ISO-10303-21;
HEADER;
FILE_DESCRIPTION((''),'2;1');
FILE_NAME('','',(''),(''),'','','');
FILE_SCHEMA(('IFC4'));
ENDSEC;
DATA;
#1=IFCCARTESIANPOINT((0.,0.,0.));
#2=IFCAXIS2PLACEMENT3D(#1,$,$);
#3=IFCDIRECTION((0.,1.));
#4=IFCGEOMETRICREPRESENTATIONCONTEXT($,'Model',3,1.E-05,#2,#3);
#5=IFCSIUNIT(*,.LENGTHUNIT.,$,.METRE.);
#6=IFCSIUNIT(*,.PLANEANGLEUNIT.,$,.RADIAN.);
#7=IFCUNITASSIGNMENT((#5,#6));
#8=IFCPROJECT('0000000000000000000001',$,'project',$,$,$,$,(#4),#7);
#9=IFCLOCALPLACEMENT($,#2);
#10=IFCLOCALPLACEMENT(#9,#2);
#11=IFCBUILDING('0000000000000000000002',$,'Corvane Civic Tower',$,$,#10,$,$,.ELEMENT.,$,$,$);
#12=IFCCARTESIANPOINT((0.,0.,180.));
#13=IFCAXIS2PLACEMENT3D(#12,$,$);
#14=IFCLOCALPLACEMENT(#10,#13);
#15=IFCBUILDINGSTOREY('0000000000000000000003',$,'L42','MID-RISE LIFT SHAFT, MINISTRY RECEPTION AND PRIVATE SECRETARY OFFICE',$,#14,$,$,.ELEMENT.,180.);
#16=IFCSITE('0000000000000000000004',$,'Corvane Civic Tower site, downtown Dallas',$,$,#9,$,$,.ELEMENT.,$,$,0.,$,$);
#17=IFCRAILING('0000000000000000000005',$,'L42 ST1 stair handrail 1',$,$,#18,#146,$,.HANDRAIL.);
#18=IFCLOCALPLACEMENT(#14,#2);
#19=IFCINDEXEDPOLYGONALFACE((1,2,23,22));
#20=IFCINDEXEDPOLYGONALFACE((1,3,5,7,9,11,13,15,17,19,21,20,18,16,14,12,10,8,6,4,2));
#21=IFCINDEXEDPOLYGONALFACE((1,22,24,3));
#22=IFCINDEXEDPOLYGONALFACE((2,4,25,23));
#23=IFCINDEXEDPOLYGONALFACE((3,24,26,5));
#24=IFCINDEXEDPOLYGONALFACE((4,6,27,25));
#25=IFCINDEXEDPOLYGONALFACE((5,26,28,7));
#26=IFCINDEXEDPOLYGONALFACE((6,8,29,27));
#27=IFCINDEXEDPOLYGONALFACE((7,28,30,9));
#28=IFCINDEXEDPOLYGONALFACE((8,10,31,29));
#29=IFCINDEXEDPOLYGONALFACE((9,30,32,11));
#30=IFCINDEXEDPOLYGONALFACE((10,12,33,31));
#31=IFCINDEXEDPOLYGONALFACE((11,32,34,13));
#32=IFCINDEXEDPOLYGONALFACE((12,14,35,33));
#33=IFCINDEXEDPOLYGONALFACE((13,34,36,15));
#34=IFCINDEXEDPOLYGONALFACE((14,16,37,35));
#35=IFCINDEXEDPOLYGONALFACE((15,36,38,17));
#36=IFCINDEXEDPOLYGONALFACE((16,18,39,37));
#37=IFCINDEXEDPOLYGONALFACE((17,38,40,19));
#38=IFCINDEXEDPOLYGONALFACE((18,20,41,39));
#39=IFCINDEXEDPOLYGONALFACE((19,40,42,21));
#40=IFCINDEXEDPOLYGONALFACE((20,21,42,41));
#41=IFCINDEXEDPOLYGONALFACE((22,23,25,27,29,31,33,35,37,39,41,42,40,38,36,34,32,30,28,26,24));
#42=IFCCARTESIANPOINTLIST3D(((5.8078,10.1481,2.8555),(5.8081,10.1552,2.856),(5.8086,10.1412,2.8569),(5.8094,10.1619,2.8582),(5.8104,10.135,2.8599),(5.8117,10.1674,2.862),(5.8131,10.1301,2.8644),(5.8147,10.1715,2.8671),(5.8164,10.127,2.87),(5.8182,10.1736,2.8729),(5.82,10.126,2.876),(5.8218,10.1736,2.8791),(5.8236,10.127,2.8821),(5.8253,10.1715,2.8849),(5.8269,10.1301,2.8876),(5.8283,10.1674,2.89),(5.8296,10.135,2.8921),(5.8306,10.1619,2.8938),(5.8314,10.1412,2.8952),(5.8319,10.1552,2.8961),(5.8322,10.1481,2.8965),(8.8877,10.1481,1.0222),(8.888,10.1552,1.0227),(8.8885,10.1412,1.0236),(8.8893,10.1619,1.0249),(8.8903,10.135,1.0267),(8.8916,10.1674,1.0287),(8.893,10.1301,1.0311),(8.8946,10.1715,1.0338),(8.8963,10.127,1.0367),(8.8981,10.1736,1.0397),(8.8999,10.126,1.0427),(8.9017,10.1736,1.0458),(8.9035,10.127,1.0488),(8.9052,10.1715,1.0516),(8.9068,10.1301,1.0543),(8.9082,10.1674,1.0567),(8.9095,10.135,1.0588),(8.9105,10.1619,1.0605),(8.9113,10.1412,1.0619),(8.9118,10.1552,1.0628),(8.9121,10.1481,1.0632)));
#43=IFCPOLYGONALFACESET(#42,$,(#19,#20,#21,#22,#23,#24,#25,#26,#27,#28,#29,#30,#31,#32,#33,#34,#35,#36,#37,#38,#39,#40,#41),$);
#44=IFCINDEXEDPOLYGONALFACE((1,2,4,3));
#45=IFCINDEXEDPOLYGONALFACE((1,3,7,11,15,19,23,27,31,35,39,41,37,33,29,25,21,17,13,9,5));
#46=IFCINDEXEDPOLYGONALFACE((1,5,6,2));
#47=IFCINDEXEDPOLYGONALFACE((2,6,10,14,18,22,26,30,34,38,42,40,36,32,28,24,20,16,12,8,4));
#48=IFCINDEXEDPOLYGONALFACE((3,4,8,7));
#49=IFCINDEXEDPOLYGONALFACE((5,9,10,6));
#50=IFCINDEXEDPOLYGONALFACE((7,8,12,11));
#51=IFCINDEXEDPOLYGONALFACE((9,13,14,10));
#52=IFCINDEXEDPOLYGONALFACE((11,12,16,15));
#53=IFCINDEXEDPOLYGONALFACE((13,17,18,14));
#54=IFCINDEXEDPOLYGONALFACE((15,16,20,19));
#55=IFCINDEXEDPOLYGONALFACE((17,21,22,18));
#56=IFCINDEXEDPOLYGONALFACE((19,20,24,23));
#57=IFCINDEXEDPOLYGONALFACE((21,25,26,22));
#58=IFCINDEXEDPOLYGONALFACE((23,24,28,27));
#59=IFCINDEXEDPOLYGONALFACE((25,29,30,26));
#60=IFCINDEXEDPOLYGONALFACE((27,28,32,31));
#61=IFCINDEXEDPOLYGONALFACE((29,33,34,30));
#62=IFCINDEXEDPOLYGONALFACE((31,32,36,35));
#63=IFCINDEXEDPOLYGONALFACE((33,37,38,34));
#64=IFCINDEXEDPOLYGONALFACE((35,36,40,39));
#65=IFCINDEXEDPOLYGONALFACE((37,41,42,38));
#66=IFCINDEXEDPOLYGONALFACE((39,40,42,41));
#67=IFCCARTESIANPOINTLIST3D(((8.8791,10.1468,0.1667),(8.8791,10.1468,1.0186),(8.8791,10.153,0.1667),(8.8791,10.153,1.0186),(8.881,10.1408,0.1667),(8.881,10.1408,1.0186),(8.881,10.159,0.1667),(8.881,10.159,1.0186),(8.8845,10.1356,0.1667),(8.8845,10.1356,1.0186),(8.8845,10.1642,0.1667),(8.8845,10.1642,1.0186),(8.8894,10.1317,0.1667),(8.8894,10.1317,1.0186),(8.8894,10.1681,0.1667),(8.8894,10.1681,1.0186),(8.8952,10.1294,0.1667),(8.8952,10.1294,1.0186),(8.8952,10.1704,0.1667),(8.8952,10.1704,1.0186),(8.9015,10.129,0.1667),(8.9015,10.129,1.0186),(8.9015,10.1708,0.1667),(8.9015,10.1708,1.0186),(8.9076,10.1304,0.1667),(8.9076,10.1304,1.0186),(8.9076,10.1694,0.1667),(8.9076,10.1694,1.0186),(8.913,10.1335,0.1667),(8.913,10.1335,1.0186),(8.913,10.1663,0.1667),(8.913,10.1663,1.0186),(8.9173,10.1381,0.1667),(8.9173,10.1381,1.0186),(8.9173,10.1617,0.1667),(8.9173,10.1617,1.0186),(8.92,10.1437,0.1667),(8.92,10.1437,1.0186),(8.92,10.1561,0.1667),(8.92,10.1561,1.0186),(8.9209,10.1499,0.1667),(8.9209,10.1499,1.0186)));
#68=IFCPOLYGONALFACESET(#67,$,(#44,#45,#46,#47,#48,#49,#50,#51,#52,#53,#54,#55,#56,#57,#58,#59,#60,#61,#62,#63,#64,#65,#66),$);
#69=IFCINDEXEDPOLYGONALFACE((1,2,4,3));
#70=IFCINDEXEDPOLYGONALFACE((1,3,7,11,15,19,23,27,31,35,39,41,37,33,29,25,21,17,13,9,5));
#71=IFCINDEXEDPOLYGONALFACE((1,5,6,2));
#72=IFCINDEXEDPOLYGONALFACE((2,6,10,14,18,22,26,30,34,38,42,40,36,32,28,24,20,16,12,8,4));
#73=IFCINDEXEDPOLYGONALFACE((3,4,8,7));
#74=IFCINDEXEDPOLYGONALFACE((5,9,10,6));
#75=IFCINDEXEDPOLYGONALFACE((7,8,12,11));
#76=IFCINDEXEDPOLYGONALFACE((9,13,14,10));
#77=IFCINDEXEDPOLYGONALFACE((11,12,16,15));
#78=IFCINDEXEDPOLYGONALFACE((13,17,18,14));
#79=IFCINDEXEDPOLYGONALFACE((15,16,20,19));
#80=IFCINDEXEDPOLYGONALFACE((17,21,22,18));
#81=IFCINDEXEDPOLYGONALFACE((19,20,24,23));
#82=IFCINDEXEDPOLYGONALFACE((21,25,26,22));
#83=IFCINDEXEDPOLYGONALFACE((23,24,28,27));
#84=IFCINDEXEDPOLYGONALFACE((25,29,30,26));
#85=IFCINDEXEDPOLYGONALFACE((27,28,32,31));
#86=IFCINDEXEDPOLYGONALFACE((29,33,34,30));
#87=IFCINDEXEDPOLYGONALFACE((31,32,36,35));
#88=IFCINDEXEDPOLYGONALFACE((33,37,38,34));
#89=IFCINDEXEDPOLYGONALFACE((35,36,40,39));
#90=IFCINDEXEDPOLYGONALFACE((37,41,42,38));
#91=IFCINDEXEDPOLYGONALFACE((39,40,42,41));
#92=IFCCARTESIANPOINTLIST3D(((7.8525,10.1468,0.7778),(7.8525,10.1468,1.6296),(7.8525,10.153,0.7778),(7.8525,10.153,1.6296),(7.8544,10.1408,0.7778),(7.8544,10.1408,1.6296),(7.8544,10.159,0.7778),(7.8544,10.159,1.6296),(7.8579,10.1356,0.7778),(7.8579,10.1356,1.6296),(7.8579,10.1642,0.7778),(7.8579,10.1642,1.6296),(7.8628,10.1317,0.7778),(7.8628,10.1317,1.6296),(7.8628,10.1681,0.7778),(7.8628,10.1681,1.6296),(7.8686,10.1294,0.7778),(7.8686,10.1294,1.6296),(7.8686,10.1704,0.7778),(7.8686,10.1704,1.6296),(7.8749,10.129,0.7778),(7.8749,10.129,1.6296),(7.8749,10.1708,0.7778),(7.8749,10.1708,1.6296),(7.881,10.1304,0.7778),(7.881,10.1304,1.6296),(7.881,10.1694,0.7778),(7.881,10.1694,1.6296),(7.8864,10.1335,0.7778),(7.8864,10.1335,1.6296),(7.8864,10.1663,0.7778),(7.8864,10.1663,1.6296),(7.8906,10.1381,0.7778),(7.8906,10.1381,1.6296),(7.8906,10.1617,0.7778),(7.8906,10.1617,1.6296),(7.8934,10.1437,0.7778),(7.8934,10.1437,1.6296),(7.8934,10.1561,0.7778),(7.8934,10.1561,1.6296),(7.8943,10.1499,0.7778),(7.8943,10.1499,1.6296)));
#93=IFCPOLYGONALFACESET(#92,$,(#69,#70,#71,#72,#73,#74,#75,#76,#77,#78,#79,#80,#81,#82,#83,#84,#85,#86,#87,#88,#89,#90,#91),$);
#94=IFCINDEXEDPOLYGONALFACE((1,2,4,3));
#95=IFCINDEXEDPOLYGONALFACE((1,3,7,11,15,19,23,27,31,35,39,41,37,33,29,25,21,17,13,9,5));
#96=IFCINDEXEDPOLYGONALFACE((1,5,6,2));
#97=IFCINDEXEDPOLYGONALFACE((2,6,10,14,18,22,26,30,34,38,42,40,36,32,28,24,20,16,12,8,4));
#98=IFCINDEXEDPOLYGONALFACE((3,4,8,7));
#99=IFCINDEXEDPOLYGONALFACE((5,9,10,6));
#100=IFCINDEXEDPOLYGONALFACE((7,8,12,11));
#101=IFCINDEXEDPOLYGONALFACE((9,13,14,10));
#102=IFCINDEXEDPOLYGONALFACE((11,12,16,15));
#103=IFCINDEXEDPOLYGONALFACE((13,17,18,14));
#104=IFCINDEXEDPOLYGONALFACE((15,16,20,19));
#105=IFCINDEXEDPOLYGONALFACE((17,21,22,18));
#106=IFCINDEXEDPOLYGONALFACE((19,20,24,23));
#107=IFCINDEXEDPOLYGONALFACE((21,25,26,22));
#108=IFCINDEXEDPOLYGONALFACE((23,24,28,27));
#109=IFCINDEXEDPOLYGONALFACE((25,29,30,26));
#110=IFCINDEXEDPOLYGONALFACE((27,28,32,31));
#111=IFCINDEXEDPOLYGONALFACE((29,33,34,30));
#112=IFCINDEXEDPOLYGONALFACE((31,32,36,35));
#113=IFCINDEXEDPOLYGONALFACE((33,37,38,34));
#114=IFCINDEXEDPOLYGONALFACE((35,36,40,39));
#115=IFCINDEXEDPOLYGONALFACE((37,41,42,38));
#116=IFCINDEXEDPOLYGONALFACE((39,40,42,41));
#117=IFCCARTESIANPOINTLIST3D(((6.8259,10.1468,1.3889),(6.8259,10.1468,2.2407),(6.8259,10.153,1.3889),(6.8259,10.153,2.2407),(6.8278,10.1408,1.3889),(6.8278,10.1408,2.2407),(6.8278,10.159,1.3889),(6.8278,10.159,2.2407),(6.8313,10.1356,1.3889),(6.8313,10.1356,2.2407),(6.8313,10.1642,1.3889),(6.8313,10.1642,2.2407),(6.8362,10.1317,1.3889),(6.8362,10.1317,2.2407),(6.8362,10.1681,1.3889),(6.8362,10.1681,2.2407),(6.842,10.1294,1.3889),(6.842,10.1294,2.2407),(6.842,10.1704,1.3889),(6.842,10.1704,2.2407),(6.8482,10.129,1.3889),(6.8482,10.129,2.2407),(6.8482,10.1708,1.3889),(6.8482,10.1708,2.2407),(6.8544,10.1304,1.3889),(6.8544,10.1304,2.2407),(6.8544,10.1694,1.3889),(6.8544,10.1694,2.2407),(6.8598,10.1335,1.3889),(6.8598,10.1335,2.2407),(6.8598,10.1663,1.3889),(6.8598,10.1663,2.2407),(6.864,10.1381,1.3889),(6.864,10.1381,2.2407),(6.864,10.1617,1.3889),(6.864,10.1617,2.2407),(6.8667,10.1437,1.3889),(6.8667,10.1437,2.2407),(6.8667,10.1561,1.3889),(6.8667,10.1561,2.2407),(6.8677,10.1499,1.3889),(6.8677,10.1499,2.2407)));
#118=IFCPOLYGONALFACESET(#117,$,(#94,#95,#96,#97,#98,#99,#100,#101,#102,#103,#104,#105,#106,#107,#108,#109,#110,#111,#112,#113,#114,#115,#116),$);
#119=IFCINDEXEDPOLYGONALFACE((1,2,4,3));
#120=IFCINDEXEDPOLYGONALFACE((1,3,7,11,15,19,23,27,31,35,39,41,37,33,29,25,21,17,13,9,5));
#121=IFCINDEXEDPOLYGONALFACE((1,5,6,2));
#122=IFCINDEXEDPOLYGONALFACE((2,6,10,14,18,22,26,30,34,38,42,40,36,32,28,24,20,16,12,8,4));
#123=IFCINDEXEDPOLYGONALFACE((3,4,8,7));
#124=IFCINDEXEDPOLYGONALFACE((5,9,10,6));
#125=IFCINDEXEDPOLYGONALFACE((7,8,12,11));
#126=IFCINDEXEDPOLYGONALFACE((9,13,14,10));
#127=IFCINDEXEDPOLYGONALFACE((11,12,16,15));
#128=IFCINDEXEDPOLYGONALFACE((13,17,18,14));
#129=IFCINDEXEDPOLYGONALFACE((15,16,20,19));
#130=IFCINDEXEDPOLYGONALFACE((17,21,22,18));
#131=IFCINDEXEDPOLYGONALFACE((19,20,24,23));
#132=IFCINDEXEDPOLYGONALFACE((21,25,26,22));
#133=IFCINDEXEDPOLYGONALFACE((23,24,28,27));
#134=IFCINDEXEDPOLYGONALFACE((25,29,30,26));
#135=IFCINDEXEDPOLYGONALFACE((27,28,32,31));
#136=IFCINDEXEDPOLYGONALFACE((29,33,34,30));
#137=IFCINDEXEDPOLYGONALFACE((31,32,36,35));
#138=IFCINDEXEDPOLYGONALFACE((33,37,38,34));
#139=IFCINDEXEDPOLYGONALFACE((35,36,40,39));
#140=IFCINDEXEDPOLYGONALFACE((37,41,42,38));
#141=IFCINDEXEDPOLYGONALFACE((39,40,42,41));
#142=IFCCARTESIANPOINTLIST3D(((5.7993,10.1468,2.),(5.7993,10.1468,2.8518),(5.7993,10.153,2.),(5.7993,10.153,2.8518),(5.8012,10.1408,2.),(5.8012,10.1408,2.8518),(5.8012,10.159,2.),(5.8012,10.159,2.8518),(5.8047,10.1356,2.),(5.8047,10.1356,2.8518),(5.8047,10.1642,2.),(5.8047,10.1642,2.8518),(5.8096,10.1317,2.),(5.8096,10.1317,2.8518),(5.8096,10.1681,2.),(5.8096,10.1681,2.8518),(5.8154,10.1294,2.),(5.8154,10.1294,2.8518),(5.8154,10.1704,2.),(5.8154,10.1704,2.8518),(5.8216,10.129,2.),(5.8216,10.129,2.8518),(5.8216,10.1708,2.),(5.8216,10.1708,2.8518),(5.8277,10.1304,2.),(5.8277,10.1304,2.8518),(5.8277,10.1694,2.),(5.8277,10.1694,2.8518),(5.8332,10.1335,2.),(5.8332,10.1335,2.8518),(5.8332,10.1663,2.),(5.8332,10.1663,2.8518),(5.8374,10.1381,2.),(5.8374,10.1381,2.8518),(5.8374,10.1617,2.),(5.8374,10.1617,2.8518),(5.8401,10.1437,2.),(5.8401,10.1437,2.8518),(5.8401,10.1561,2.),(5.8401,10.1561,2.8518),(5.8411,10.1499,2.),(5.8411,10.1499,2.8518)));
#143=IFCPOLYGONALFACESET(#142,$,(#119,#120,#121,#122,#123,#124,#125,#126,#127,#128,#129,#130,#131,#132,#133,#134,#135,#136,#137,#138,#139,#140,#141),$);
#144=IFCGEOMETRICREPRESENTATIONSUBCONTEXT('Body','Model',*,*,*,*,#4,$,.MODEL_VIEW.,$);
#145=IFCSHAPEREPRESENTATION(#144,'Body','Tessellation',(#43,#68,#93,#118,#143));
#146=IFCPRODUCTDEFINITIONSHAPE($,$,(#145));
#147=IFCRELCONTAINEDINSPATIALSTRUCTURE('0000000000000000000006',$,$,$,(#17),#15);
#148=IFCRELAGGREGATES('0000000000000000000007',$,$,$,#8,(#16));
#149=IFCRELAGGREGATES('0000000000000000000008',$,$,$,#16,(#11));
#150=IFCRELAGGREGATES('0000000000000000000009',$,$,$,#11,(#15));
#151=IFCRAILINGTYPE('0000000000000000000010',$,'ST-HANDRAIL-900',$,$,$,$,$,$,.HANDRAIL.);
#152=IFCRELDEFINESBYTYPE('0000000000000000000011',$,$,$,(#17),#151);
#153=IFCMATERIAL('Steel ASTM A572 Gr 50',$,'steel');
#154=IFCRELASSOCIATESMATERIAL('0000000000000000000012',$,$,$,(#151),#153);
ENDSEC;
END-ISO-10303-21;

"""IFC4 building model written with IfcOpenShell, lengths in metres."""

from ifc_helpers import new_model, si_unit, direction, frame, origin, origin_2d, place, context, subcontext, project, spatial, circle, extrude, material, type_object, element, save


model = new_model("IFC4")

# Units and contexts
model_context = context("Model", 3, precision=1e-05, world=origin(), true_north=direction((0.0, 1.0)))
body_context = subcontext(model_context, "Body", "Model", "MODEL_VIEW")
ifc_project = project(units=[si_unit("LENGTHUNIT", "METRE"), si_unit("PLANEANGLEUNIT", "RADIAN")], contexts=[model_context])

# Site, building, storey
site_placement = place(None, origin())
site = spatial("IfcSite", under=ifc_project, at=site_placement, Name="Corvane Civic Tower site, downtown Dallas", CompositionType="ELEMENT", RefElevation=0.0)
building_placement = place(site_placement, origin())
building = spatial("IfcBuilding", under=site, at=building_placement, Name="Corvane Civic Tower", CompositionType="ELEMENT")
storey_placement = place(building_placement, frame((0.0, 0.0, 180.0)))
storey = spatial("IfcBuildingStorey", under=building, at=storey_placement, Name="L42", Description="MID-RISE LIFT SHAFT, MINISTRY RECEPTION AND PRIVATE SECRETARY OFFICE", CompositionType="ELEMENT", Elevation=180.0)

# Railing
ifc_material_1 = material(Name="Steel ASTM A572 Gr 50", Category="steel")
railing_type = type_object("IfcRailingType", Name="ST-HANDRAIL-900", PredefinedType="HANDRAIL", material=ifc_material_1)
railing_1_placement = place(storey_placement, frame((8.8999, 10.1499, 0.1667)))
element("IfcRailing", 1, at=railing_1_placement, inside=storey, type_object=railing_type, Name="L42 ST1 stair handrail 1", PredefinedType="HANDRAIL", context=body_context, shape_type="SweptSolid", body=[
    extrude(circle(Radius=0.0239, at=origin_2d()), frame((0.0, 0.0, 0.876), z_axis=(-0.859291, 0.0, 0.511487), x_axis=(0.0, -1.0, 0.0)), (0.0, 0.0, 1.0), 3.5842),
    extrude(circle(Radius=0.021, at=origin_2d()), origin(), (0.0, 0.0, 1.0), 0.8518),
    extrude(circle(Radius=0.021, at=origin_2d()), frame((-1.0266, 0.0, 0.6111)), (0.0, 0.0, 1.0), 0.8518),
    extrude(circle(Radius=0.021, at=origin_2d()), frame((-2.0532, 0.0, 1.2222)), (0.0, 0.0, 1.0), 0.8518),
    extrude(circle(Radius=0.021, at=origin_2d()), frame((-3.0798, 0.0, 1.8333)), (0.0, 0.0, 1.0), 0.8518),
])

save(model, "model.ifc")
